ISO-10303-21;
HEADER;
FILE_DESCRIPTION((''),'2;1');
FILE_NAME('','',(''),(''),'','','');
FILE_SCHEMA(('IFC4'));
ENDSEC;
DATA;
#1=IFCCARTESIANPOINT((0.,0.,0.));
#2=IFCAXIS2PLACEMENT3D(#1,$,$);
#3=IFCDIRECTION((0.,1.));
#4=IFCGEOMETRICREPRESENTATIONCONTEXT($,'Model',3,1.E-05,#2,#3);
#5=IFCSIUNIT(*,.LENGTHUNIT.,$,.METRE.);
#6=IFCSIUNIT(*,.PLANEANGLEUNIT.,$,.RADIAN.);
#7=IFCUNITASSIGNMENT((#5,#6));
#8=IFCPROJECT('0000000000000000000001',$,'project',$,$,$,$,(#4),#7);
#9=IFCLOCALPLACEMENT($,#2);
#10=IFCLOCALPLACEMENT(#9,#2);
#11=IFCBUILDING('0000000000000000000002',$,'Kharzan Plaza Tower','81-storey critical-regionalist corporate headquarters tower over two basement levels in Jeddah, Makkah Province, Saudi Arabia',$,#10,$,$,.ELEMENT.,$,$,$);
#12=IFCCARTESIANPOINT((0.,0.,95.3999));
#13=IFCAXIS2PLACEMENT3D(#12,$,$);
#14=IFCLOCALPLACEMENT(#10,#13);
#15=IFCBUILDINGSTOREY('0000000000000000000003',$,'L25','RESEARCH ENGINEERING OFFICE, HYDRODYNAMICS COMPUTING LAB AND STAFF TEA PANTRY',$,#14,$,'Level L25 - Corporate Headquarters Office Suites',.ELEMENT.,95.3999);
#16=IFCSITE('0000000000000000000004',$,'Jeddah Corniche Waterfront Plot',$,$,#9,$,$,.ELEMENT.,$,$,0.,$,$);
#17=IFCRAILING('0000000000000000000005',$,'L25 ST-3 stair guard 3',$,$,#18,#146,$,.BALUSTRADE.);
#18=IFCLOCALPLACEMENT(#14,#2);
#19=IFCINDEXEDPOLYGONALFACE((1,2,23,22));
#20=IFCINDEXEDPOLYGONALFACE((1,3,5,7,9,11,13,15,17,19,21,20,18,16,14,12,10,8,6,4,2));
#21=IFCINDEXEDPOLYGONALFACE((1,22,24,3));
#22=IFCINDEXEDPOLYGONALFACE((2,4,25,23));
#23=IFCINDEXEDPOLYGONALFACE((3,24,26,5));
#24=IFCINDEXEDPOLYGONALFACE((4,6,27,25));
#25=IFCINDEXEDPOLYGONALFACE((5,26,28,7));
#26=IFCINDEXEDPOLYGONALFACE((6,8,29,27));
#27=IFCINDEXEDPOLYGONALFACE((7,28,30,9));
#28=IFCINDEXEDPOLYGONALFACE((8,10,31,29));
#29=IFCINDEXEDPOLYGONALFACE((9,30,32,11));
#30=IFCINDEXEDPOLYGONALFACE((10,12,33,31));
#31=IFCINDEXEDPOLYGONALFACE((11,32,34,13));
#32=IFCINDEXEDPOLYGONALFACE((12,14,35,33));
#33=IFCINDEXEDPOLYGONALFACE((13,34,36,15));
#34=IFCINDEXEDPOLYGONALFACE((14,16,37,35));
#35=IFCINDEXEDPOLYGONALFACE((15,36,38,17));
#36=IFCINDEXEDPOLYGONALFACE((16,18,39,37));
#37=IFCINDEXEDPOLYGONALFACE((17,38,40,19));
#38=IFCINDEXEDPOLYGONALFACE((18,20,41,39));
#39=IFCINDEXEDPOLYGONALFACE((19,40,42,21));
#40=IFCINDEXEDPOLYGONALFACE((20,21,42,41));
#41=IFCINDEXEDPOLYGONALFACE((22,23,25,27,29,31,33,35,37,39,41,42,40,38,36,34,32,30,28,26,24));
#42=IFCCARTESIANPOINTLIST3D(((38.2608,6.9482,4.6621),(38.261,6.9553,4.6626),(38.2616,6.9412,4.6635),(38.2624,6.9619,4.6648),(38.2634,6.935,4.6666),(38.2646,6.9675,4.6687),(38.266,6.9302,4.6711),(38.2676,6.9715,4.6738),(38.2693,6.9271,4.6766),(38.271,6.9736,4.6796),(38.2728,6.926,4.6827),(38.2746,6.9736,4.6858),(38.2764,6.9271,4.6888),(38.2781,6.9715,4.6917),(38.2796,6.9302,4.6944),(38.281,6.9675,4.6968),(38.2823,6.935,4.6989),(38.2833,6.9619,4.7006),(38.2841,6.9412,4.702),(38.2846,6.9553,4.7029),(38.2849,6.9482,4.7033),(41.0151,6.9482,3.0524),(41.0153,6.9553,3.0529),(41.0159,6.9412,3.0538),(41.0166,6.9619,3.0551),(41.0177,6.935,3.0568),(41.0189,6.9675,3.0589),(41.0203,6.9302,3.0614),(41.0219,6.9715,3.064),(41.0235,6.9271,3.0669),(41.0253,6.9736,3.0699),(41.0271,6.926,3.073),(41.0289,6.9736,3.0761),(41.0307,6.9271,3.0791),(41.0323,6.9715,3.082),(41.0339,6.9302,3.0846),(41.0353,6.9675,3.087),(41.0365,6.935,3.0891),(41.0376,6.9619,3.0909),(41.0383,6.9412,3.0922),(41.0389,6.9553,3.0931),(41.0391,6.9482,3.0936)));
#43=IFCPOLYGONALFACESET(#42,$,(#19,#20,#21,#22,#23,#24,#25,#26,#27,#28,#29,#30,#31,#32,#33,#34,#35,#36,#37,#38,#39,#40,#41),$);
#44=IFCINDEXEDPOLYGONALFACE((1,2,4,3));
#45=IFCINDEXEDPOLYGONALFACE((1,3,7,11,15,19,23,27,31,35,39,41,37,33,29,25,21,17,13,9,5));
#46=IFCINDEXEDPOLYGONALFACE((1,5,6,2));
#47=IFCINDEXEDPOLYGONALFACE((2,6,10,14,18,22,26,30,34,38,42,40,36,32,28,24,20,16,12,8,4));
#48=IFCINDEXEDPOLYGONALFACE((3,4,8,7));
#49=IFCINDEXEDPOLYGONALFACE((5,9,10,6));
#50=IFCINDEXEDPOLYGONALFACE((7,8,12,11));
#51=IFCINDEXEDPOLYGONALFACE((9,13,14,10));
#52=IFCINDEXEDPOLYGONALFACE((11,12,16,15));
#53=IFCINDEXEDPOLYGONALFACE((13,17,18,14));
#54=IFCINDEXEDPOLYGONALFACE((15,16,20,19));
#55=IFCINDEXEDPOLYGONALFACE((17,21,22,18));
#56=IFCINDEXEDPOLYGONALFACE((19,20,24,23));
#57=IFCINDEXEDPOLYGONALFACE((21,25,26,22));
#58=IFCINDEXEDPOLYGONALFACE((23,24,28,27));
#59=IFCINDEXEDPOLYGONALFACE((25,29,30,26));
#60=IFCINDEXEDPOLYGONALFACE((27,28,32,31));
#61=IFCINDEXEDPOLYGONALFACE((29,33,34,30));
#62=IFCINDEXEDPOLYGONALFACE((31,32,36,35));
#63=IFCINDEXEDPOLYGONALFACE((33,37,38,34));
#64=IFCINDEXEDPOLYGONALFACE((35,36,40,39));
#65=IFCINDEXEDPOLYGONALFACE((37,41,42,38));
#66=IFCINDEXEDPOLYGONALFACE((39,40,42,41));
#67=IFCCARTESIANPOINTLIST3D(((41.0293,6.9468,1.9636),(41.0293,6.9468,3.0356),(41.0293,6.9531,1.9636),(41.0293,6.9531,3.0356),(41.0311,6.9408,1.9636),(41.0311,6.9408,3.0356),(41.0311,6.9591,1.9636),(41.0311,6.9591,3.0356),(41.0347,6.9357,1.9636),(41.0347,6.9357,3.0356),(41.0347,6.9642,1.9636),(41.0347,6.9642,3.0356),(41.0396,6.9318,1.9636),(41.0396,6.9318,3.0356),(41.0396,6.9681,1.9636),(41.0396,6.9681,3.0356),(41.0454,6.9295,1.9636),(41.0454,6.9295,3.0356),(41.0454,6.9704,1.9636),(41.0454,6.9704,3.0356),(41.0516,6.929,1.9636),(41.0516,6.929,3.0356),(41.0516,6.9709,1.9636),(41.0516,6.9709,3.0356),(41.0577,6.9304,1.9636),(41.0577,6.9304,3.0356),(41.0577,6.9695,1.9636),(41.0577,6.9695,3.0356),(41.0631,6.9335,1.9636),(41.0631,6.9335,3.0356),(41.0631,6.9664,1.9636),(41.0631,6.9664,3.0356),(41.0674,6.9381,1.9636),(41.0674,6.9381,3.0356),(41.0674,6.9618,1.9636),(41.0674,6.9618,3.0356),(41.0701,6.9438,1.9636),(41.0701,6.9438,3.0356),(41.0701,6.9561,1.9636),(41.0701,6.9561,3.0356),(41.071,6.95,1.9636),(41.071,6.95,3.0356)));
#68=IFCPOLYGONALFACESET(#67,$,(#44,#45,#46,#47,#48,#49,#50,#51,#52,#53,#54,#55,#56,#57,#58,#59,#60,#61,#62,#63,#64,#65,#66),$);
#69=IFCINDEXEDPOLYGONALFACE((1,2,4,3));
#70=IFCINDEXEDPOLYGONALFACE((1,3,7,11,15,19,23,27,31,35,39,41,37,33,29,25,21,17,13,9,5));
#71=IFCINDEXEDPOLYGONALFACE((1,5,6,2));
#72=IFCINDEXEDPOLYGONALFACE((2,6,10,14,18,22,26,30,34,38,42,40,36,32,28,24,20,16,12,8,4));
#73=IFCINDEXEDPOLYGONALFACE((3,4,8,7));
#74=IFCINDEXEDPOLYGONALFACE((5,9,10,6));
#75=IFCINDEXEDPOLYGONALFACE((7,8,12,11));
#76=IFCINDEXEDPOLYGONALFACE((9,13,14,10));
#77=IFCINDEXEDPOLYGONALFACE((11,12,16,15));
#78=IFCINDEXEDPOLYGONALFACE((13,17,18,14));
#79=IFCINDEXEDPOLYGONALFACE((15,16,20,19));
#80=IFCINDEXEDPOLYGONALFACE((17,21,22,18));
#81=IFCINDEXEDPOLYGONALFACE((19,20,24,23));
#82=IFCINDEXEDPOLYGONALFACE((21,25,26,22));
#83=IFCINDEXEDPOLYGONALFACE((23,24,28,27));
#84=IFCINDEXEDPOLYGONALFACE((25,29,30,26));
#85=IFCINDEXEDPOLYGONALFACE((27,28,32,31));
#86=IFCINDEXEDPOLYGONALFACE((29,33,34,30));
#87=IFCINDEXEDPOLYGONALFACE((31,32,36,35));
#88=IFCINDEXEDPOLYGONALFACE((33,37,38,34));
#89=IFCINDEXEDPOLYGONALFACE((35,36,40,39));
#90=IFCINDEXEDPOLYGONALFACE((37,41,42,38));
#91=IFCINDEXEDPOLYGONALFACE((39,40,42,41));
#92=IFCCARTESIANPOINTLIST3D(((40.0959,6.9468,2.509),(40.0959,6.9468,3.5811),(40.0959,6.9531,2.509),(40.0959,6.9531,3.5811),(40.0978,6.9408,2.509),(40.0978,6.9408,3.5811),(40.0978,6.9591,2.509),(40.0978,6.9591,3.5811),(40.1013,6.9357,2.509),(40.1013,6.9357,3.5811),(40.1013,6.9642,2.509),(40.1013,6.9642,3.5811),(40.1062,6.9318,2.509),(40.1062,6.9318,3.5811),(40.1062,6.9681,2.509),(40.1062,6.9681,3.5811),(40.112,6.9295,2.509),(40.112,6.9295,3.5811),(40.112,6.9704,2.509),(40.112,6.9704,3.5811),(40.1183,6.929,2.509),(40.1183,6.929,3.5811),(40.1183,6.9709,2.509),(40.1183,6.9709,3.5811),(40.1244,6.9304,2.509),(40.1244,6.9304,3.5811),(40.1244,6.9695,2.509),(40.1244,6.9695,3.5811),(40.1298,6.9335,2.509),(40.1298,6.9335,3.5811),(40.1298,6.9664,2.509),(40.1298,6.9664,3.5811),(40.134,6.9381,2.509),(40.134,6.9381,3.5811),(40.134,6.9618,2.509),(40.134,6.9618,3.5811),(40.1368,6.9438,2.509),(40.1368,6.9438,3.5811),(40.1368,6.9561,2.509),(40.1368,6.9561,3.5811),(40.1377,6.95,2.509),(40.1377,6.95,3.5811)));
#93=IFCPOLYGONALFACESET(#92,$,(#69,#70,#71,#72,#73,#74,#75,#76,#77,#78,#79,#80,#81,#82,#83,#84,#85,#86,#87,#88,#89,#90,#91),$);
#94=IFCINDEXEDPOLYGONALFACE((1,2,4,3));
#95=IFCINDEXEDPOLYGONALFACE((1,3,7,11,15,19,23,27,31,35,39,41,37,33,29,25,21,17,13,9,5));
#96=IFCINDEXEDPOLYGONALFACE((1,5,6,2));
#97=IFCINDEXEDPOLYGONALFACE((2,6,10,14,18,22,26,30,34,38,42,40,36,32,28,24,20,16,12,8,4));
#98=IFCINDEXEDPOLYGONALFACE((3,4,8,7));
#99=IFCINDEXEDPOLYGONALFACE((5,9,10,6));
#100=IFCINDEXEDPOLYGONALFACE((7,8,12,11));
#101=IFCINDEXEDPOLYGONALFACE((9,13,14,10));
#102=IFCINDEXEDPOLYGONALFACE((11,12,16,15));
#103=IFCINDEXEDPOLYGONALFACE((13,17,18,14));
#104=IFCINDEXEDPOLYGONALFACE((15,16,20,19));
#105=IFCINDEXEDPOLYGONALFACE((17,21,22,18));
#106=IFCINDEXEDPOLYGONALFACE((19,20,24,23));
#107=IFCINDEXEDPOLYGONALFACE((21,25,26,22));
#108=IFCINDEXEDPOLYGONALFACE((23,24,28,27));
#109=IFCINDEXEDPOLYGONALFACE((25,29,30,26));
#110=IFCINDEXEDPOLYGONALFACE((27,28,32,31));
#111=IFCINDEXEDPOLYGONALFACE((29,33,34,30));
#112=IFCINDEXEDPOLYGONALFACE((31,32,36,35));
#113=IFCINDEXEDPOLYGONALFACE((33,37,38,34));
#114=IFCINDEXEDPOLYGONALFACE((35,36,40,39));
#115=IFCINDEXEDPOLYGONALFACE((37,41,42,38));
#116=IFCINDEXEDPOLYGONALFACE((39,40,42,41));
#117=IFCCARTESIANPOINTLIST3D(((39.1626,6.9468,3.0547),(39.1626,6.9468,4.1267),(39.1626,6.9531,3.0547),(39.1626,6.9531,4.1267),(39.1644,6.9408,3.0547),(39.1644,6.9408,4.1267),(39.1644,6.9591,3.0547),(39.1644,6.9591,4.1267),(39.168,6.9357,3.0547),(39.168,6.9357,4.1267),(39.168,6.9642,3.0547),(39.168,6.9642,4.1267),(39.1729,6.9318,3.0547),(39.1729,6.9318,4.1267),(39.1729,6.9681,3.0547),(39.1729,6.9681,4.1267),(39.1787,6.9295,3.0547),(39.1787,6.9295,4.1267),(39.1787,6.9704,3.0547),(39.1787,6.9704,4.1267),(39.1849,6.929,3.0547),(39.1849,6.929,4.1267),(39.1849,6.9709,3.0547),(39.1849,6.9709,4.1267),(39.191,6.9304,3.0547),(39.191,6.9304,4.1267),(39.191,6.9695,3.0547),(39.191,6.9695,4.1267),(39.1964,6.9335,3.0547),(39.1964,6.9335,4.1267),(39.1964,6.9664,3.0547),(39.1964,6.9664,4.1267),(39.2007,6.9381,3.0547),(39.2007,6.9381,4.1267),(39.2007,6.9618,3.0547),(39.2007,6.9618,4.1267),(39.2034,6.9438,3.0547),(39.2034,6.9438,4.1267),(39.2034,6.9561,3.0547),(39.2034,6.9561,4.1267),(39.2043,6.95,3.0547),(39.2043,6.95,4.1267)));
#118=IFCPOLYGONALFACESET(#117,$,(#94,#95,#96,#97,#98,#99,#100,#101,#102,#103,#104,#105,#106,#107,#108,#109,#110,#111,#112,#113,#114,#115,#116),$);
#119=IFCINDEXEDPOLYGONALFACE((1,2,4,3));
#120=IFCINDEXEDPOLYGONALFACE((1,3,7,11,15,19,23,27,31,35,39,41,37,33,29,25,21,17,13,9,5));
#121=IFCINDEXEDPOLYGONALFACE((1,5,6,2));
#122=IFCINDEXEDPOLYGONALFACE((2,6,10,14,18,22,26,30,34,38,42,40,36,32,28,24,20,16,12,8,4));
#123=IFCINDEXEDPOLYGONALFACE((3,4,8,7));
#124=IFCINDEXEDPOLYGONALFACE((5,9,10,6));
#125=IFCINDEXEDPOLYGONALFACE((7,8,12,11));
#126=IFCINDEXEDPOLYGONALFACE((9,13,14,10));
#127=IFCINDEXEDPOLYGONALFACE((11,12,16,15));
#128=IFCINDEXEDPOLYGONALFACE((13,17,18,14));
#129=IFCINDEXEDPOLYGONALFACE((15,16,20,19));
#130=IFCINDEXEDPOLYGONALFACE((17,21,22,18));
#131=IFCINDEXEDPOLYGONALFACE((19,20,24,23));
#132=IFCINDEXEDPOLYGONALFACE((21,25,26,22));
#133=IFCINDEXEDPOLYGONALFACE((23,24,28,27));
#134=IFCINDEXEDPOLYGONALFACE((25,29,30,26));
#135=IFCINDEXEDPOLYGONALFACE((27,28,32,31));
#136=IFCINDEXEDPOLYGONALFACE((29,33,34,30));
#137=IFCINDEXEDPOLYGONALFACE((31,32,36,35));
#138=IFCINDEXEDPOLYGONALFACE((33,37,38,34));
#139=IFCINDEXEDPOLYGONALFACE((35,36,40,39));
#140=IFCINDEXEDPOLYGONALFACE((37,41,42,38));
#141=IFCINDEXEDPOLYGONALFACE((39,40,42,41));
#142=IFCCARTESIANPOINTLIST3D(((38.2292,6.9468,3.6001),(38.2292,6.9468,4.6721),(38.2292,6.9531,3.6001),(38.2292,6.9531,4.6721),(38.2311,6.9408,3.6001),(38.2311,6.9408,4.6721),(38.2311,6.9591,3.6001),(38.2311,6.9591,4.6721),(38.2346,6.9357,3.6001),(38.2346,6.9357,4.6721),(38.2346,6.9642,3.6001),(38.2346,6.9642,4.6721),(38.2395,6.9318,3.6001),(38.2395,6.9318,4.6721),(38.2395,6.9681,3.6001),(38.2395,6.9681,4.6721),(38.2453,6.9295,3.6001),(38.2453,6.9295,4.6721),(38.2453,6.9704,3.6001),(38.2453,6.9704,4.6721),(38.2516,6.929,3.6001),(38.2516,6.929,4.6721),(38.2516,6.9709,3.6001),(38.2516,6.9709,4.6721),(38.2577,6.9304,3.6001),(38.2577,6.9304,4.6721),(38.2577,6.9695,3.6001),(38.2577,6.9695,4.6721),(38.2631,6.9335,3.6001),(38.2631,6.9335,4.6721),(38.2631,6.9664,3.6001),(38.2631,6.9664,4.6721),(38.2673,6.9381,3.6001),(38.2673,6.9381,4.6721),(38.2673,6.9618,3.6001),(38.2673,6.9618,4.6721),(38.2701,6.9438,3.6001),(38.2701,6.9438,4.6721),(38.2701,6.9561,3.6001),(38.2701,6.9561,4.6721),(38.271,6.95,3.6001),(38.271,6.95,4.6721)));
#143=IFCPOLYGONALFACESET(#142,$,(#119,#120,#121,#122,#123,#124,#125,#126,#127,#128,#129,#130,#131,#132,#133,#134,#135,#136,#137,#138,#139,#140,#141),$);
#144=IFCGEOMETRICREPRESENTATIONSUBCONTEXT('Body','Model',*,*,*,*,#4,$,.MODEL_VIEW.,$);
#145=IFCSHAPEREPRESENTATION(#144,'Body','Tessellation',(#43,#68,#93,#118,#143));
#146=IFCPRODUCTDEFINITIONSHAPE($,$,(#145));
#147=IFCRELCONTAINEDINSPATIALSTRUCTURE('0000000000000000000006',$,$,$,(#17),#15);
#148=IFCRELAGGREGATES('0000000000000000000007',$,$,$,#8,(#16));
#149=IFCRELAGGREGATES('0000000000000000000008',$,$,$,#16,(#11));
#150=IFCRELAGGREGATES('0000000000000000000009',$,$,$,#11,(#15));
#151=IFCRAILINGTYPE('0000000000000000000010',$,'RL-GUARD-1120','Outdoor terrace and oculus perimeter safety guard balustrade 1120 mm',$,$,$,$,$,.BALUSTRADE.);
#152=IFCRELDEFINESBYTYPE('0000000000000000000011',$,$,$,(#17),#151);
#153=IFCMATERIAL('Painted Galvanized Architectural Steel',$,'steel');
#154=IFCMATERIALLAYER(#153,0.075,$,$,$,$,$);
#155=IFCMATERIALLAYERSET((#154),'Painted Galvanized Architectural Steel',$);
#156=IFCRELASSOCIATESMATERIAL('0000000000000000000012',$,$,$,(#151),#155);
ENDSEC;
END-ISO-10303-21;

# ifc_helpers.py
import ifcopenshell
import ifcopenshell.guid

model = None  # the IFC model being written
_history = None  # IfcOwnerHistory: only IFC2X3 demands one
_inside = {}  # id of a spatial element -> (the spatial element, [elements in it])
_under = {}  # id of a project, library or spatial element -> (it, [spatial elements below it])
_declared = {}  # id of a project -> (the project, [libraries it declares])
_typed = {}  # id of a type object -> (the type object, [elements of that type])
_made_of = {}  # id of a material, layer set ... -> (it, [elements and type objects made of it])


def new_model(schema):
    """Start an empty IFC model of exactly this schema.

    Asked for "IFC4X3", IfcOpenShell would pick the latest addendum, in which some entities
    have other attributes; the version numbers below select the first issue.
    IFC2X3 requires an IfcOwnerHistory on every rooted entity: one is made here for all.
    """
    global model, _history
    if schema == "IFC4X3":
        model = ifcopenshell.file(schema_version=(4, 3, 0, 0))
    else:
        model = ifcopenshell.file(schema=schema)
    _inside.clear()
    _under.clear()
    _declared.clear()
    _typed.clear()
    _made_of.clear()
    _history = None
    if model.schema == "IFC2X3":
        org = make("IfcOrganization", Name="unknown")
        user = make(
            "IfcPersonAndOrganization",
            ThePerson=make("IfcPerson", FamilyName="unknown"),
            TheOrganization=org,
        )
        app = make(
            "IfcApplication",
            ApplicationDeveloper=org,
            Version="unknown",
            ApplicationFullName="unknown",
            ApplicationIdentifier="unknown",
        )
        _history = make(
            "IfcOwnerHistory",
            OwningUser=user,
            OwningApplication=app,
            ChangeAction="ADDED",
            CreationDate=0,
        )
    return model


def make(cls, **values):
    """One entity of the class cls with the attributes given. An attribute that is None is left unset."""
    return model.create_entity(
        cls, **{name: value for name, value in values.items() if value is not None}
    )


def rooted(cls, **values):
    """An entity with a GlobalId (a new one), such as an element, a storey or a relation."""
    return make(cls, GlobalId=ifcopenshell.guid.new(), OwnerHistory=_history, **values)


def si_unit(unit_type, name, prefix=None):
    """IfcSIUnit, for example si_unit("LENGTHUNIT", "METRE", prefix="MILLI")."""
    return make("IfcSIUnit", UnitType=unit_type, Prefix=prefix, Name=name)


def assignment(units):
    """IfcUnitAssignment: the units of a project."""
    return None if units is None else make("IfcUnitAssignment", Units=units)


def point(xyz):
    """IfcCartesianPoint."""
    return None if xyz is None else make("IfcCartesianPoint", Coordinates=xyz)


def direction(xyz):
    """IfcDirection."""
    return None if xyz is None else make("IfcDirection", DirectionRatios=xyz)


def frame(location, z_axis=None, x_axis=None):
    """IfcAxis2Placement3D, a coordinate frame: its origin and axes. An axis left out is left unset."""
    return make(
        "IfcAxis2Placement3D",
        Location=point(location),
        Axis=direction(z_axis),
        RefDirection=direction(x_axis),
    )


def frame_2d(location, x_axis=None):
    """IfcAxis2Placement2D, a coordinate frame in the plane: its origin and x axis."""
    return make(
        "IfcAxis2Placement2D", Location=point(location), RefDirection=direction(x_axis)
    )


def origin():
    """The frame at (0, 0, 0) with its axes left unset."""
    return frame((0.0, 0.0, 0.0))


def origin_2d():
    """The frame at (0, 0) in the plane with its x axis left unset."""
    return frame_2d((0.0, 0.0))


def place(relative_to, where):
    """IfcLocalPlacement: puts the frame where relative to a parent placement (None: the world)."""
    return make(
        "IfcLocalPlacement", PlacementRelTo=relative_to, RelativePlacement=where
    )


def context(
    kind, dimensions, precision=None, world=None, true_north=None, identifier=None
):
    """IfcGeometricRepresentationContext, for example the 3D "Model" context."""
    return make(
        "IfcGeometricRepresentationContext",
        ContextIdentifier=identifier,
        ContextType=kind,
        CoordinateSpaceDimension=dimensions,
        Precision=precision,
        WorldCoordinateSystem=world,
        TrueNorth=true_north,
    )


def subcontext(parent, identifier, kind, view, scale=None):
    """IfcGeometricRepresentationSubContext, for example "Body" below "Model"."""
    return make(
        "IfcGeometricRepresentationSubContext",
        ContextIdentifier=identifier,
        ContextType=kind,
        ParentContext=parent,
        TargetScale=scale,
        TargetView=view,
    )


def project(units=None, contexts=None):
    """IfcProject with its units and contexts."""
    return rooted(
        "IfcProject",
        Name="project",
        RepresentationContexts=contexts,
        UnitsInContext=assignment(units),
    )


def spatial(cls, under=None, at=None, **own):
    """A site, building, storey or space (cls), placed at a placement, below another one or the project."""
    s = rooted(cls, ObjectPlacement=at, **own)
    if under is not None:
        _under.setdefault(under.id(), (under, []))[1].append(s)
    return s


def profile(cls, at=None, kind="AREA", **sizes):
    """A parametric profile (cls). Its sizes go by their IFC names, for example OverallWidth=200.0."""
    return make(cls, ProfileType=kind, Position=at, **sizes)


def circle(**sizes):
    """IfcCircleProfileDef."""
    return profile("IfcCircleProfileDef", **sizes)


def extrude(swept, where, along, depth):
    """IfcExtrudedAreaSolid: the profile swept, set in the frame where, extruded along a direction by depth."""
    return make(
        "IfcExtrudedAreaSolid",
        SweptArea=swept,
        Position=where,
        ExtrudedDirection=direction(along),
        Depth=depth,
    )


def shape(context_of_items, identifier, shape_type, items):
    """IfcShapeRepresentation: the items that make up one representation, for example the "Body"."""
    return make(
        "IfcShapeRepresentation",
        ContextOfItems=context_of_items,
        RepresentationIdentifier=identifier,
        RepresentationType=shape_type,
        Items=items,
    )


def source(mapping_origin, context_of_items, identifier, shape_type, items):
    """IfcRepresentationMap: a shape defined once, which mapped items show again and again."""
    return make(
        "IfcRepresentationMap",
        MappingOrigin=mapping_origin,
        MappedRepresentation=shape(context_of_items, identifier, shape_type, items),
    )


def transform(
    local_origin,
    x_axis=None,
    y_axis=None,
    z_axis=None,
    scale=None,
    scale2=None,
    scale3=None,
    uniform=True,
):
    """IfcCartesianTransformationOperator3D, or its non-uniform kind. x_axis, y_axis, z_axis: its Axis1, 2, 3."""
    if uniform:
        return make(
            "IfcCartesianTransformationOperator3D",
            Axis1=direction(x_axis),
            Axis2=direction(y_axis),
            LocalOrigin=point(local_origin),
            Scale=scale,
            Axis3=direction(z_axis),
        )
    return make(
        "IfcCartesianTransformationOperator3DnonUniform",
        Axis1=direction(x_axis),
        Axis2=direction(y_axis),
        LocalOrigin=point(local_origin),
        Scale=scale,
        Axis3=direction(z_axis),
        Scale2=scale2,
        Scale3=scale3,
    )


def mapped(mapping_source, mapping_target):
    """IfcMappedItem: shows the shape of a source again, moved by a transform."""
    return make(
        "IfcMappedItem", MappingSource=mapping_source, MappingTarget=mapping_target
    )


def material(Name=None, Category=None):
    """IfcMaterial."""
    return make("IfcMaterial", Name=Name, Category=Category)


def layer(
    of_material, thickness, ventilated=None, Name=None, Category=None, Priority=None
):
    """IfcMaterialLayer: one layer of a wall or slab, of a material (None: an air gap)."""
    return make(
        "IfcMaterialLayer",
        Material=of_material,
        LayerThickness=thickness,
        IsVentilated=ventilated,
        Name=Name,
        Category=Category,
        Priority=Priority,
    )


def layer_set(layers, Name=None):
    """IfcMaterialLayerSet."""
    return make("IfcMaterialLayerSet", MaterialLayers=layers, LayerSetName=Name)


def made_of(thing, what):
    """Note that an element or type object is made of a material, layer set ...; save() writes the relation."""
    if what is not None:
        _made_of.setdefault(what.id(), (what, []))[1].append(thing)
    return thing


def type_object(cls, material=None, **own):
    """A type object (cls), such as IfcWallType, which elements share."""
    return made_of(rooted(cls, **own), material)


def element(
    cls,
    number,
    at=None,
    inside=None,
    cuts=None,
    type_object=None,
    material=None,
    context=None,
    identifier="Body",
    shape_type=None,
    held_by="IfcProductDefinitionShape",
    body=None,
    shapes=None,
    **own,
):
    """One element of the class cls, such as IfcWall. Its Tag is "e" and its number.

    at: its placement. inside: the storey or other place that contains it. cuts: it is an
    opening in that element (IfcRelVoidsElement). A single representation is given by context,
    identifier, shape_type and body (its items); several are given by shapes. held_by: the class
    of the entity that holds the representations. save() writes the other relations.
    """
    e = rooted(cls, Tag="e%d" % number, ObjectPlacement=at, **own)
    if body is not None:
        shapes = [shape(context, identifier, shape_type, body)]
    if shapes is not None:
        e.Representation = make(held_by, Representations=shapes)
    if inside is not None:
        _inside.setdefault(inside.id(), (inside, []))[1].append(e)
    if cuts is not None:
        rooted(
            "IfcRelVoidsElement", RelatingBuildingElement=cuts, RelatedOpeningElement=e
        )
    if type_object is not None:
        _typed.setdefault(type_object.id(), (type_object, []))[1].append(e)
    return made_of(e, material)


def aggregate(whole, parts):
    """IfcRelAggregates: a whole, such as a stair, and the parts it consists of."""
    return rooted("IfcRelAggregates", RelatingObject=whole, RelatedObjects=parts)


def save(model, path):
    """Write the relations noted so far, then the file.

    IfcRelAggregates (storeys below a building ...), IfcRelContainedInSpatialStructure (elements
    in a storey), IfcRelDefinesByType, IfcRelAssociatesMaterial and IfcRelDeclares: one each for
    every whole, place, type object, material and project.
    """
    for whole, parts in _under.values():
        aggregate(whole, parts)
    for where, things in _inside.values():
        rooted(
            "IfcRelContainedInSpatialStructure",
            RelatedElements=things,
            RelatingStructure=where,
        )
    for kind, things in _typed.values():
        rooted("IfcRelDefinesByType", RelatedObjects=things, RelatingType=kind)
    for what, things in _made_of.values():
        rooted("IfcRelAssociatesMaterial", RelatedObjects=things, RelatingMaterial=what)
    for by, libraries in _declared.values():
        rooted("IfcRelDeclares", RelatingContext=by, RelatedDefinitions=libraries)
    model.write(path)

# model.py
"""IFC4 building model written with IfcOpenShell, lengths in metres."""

from ifc_helpers import new_model, si_unit, direction, frame, origin, origin_2d, place, context, subcontext, project, spatial, circle, extrude, source, transform, mapped, material, layer, layer_set, type_object, element, save


model = new_model("IFC4")

# Units and contexts
model_context = context("Model", 3, precision=1e-05, world=origin(), true_north=direction((0.0, 1.0)))
body_context = subcontext(model_context, "Body", "Model", "MODEL_VIEW")
ifc_project = project(units=[si_unit("LENGTHUNIT", "METRE"), si_unit("PLANEANGLEUNIT", "RADIAN")], contexts=[model_context])

# Site, building, storey
site_placement = place(None, origin())
site = spatial("IfcSite", under=ifc_project, at=site_placement, Name="Jeddah Corniche Waterfront Plot", CompositionType="ELEMENT", RefElevation=0.0)
building_placement = place(site_placement, origin())
building = spatial("IfcBuilding", under=site, at=building_placement, Name="Kharzan Plaza Tower", Description="81-storey critical-regionalist corporate headquarters tower over two basement levels in Jeddah, Makkah Province, Saudi Arabia", CompositionType="ELEMENT")
storey_placement = place(building_placement, frame((0.0, 0.0, 95.3999)))
storey = spatial("IfcBuildingStorey", under=building, at=storey_placement, Name="L25", Description="RESEARCH ENGINEERING OFFICE, HYDRODYNAMICS COMPUTING LAB AND STAFF TEA PANTRY", LongName="Level L25 - Corporate Headquarters Office Suites", CompositionType="ELEMENT", Elevation=95.3999)

# Railing
ifc_material_1 = material(Name="Painted Galvanized Architectural Steel", Category="steel")
ifc_layer_1 = layer(ifc_material_1, 0.075)
ifc_layer_set_1 = layer_set([ifc_layer_1], Name="Painted Galvanized Architectural Steel")
railing_type_1 = type_object("IfcRailingType", Name="RL-GUARD-1120", Description="Outdoor terrace and oculus perimeter safety guard balustrade 1120 mm", PredefinedType="BALUSTRADE", material=ifc_layer_set_1)
shared_shape_1 = source(origin(), body_context, "Body", "SweptSolid", [
    extrude(circle(Radius=0.0239, at=origin_2d()), frame((-0.0229, 0.0, 1.1094), z_axis=(-0.863361, 0.0, 0.504587), x_axis=(0.0, -1.0, 0.0)), (0.0, 0.0, 1.0), 3.1902),
    extrude(circle(Radius=0.021, at=origin_2d()), origin(), (0.0, 0.0, 1.0), 1.072),
    extrude(circle(Radius=0.021, at=origin_2d()), frame((-0.9333, 0.0, 0.5454)), (0.0, 0.0, 1.0), 1.072),
    extrude(circle(Radius=0.021, at=origin_2d()), frame((-1.8667, 0.0, 1.0911)), (0.0, 0.0, 1.0), 1.072),
    extrude(circle(Radius=0.021, at=origin_2d()), frame((-2.8, 0.0, 1.6365)), (0.0, 0.0, 1.0), 1.072),
])
railing_1_placement = place(storey_placement, frame((41.05, 6.95, 1.9636)))
element("IfcRailing", 1, at=railing_1_placement, inside=storey, type_object=railing_type_1, Name="L25 ST-3 stair guard 3", PredefinedType="BALUSTRADE", context=body_context, shape_type="MappedRepresentation", body=[
    mapped(shared_shape_1, transform((0.0, 0.0, 0.0), x_axis=(1.0, 0.0, 0.0), y_axis=(0.0, 1.0, 0.0), z_axis=(0.0, 0.0, 1.0))),
])

save(model, "model.ifc")
